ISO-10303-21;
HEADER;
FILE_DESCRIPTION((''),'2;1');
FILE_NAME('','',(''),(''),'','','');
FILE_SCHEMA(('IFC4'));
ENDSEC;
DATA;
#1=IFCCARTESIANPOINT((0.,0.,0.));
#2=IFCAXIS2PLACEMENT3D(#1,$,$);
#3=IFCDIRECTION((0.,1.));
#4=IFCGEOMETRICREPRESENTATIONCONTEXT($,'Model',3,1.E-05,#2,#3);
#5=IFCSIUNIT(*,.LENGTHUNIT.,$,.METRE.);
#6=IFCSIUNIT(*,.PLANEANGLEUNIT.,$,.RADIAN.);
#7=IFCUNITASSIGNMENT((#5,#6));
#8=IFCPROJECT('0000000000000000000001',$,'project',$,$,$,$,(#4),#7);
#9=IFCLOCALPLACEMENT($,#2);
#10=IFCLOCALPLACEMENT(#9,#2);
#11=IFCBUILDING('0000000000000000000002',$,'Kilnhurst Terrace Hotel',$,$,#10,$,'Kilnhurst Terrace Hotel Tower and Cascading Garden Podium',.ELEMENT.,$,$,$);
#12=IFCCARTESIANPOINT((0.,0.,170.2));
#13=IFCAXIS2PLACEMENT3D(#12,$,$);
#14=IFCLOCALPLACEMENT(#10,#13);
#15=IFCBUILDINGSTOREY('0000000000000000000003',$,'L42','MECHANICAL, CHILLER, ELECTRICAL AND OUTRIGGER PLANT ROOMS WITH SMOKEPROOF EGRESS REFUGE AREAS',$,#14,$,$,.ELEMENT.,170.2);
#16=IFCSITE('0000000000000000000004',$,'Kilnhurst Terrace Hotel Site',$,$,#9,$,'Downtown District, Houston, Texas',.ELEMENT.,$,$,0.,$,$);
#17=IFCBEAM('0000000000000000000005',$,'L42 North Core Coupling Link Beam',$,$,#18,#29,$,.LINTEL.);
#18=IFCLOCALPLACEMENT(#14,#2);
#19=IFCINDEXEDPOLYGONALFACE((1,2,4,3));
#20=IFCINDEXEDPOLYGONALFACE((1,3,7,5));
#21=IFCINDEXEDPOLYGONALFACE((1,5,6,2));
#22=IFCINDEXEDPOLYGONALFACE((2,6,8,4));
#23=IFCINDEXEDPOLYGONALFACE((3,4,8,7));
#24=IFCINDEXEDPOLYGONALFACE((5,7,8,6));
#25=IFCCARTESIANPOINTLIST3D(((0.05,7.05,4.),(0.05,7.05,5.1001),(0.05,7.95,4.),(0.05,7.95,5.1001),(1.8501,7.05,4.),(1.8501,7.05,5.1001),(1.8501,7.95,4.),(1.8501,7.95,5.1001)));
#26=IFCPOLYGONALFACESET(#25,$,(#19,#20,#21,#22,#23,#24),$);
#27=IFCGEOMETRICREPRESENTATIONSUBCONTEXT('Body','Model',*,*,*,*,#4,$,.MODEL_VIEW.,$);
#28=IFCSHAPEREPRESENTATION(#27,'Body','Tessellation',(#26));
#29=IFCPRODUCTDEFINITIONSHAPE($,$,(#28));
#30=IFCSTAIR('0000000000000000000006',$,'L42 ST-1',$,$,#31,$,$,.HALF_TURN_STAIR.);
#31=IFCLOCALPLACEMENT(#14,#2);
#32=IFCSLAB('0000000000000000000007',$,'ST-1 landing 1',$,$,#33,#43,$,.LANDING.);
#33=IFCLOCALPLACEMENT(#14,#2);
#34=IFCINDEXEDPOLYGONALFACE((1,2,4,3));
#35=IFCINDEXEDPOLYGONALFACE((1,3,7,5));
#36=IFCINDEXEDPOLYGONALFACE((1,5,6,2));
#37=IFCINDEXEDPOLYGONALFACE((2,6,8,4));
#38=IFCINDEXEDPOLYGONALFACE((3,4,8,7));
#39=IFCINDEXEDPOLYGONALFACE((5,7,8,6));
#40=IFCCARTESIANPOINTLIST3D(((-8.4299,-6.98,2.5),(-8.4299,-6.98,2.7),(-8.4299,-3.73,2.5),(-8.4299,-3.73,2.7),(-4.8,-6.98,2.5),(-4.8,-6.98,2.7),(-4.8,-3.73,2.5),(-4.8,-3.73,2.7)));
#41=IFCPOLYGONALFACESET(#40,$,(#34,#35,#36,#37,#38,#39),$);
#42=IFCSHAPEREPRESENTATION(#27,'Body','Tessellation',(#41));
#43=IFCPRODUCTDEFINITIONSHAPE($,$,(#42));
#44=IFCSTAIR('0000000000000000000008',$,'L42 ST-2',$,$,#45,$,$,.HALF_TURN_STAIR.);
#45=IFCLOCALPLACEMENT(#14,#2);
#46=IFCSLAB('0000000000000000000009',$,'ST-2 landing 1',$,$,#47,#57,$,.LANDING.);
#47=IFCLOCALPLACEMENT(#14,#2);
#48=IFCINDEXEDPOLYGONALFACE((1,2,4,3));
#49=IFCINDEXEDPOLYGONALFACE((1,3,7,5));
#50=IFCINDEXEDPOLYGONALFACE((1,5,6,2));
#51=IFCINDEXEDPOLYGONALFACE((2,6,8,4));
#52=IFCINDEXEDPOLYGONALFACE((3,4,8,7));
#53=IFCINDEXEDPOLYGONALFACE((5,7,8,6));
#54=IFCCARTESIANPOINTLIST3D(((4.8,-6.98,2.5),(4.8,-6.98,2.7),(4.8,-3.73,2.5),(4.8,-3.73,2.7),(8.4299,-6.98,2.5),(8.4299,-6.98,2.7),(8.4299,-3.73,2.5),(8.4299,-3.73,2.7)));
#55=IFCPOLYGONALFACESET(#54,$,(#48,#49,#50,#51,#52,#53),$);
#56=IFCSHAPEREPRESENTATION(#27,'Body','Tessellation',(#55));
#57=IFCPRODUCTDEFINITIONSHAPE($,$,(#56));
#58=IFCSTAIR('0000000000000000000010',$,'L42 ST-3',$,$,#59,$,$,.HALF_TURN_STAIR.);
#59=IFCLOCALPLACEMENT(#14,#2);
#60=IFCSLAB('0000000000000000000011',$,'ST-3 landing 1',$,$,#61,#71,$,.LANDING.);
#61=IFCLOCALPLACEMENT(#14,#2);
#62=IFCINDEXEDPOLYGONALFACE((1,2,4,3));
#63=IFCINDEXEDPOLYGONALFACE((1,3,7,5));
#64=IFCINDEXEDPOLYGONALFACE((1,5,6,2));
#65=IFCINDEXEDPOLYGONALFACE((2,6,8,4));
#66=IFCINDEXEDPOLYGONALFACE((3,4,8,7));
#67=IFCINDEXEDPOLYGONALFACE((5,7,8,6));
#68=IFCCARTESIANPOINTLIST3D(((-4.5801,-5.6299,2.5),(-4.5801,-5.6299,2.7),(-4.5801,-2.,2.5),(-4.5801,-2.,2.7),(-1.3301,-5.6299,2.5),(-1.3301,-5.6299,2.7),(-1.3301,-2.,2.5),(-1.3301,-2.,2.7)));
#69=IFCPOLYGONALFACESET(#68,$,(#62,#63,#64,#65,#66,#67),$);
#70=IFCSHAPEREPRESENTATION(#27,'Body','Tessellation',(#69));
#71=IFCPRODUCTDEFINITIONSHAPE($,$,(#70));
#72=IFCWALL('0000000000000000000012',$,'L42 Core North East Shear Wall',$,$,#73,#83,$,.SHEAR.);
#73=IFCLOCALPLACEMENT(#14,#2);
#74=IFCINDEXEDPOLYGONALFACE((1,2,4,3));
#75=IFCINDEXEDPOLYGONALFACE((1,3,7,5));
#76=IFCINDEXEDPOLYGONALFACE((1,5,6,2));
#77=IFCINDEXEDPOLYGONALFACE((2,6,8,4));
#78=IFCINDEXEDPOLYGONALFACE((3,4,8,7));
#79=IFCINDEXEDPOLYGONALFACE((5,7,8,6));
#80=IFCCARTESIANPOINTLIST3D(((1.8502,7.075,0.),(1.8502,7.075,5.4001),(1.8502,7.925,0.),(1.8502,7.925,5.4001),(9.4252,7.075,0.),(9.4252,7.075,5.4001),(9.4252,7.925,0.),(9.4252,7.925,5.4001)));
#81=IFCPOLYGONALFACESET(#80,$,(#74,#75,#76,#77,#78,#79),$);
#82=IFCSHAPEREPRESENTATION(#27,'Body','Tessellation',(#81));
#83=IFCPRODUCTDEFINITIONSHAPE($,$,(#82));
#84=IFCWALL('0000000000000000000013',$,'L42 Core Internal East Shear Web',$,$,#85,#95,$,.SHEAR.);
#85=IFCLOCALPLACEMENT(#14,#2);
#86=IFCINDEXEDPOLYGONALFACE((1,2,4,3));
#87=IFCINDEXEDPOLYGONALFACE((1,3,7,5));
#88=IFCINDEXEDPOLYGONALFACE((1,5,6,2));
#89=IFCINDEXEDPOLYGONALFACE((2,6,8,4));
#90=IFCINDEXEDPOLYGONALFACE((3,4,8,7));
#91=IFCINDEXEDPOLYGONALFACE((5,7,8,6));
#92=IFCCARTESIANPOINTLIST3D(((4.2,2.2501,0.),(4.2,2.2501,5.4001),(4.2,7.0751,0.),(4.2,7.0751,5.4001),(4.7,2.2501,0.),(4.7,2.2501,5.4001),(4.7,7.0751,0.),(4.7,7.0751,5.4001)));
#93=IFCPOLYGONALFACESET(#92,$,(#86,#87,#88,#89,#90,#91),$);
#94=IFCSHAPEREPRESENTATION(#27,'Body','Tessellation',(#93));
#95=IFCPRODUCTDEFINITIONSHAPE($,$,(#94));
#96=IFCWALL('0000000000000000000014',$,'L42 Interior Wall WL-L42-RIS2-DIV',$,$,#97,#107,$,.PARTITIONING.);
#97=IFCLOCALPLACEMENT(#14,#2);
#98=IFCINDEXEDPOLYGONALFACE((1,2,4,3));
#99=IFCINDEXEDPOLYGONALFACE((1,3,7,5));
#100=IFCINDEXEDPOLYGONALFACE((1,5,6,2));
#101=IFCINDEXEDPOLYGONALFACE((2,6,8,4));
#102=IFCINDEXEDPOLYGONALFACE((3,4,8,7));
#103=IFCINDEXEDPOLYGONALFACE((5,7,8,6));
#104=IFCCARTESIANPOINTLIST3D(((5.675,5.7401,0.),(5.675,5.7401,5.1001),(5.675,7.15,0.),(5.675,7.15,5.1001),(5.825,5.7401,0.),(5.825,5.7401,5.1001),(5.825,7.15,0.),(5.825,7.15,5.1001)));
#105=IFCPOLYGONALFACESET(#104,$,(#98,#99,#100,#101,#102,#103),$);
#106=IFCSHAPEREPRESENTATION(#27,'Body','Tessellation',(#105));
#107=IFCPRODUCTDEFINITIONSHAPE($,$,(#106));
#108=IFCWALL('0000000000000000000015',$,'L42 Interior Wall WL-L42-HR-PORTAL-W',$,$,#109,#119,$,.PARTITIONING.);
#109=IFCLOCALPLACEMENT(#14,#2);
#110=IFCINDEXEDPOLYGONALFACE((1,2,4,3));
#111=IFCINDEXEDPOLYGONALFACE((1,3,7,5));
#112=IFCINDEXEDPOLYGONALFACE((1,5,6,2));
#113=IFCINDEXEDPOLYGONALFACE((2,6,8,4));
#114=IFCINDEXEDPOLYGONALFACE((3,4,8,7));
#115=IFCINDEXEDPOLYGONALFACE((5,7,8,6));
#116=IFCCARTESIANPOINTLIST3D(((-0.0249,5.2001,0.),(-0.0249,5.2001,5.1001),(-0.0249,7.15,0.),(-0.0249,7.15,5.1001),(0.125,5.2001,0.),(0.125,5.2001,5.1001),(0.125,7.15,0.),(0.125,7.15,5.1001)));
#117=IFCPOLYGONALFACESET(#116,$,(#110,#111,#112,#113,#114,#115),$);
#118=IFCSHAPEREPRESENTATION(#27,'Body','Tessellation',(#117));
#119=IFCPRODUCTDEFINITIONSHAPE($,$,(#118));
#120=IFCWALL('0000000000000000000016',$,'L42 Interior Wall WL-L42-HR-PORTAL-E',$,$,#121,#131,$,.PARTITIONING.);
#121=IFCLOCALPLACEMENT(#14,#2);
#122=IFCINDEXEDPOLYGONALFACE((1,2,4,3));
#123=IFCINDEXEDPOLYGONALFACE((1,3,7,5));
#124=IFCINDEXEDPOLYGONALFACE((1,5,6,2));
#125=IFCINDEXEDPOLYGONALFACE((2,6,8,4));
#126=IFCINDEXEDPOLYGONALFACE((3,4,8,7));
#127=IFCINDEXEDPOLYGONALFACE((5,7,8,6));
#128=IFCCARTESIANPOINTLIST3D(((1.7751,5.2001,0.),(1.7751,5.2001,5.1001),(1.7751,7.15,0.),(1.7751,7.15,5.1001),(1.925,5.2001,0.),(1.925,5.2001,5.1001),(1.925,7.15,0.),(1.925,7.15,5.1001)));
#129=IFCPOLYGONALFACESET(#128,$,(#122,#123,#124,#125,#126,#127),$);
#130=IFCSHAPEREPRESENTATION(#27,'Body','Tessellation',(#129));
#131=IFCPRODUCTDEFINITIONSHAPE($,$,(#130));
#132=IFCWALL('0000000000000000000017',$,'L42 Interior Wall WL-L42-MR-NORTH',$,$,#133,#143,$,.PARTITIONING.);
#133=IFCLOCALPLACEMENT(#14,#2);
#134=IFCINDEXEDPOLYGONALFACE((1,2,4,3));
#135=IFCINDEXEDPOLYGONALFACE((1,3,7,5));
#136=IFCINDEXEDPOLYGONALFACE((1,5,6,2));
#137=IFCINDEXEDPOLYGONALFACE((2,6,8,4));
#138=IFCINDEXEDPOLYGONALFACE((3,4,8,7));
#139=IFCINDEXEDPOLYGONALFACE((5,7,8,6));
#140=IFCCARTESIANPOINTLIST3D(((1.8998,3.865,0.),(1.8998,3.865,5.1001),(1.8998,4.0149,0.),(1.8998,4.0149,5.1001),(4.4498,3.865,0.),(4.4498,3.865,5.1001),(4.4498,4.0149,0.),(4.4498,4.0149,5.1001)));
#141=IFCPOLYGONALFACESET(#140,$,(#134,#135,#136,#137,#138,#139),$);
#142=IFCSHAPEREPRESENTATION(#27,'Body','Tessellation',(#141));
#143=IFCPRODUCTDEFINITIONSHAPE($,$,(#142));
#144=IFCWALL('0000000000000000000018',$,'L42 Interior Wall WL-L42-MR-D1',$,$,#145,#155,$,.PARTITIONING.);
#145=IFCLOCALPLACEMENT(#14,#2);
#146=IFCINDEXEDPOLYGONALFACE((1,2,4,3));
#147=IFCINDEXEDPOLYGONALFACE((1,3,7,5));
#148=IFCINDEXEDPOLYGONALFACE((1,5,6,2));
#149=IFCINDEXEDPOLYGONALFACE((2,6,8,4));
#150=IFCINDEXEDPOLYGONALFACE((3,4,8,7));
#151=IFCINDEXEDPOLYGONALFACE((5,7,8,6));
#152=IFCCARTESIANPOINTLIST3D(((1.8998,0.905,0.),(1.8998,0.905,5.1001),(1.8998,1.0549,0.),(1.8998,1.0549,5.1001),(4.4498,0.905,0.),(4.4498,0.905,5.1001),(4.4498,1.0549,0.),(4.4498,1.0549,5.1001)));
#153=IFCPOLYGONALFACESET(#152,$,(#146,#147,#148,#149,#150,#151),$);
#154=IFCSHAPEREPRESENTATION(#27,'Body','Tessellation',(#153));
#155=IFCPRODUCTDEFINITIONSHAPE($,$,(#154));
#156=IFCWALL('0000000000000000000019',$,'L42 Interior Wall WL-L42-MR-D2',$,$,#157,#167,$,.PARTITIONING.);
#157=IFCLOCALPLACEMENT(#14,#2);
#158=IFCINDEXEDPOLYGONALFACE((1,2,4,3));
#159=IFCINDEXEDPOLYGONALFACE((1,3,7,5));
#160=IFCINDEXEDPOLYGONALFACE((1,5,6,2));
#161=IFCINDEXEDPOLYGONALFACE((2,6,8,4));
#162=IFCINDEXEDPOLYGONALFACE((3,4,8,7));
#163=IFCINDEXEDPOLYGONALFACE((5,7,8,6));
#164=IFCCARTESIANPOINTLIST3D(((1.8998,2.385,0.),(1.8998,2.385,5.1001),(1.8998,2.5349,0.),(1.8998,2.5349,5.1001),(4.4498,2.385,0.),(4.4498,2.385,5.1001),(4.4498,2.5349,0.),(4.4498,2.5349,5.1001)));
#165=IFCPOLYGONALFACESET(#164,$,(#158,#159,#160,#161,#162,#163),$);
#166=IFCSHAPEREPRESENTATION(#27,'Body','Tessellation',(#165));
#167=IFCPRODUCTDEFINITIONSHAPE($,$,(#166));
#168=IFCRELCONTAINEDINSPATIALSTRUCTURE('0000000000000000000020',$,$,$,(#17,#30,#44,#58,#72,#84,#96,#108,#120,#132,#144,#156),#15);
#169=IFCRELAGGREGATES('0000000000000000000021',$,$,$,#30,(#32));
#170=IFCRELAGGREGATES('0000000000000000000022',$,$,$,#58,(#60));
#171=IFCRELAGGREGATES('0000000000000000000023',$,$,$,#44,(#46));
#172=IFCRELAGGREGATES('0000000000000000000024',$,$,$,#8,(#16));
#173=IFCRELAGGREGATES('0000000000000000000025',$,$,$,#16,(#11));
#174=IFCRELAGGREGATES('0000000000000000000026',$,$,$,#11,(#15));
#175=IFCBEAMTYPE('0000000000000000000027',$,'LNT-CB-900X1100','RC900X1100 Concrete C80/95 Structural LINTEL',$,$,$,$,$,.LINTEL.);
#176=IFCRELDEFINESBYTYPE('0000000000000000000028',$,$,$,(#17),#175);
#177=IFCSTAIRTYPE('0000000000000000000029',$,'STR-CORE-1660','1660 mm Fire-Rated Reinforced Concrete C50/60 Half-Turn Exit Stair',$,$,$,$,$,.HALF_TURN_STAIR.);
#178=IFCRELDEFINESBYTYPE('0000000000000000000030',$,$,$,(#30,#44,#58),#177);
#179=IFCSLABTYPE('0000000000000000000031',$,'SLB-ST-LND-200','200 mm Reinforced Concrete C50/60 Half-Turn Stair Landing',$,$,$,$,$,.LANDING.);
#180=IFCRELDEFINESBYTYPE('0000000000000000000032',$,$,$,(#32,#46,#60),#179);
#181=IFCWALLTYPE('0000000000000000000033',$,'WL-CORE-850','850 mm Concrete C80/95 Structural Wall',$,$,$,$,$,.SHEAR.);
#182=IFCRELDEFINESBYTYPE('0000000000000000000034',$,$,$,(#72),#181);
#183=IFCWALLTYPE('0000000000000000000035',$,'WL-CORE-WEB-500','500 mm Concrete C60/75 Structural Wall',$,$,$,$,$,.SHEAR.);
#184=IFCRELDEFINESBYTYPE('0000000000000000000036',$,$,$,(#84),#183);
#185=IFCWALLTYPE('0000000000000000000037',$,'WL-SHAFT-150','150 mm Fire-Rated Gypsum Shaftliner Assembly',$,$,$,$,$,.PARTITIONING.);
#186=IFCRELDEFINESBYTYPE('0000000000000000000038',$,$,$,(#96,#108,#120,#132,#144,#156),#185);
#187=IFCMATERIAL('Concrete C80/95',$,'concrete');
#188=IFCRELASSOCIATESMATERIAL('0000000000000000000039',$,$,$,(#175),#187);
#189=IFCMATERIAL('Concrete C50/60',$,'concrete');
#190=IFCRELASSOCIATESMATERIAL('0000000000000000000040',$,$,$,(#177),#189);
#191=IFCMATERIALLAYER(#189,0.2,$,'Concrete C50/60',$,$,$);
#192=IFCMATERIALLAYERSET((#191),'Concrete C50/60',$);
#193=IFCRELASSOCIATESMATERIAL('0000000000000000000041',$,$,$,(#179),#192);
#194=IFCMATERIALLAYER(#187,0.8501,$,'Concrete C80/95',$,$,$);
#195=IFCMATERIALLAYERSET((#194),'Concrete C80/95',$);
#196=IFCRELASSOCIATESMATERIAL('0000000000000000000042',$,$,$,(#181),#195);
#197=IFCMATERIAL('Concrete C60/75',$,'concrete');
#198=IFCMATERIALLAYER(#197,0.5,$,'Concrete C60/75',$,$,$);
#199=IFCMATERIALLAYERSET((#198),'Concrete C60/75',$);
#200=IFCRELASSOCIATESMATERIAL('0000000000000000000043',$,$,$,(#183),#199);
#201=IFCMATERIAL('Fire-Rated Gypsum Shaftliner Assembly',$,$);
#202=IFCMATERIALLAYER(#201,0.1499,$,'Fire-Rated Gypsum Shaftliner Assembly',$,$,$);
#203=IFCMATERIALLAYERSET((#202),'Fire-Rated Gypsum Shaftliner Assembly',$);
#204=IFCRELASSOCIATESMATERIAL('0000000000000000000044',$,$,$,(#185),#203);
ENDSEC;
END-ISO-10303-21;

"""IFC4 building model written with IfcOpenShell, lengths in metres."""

from ifc_helpers import new_model, si_unit, direction, frame, frame_2d, origin, origin_2d, place, context, subcontext, project, spatial, polyline, rectangle, outline, extrude, material, layer, layer_set, material_profile, profile_set, type_object, element, aggregate, save


model = new_model("IFC4")

# Units and contexts
model_context = context("Model", 3, precision=1e-05, world=origin(), true_north=direction((0.0, 1.0)))
body_context = subcontext(model_context, "Body", "Model", "MODEL_VIEW")
ifc_project = project(units=[si_unit("LENGTHUNIT", "METRE"), si_unit("PLANEANGLEUNIT", "RADIAN")], contexts=[model_context])

# Site, building, storey
site_placement = place(None, origin())
site = spatial("IfcSite", under=ifc_project, at=site_placement, Name="Kilnhurst Terrace Hotel Site", LongName="Downtown District, Houston, Texas", CompositionType="ELEMENT", RefElevation=0.0)
building_placement = place(site_placement, origin())
building = spatial("IfcBuilding", under=site, at=building_placement, Name="Kilnhurst Terrace Hotel", LongName="Kilnhurst Terrace Hotel Tower and Cascading Garden Podium", CompositionType="ELEMENT")
storey_placement = place(building_placement, frame((0.0, 0.0, 170.2)))
storey = spatial("IfcBuildingStorey", under=building, at=storey_placement, Name="L42", Description="MECHANICAL, CHILLER, ELECTRICAL AND OUTRIGGER PLANT ROOMS WITH SMOKEPROOF EGRESS REFUGE AREAS", CompositionType="ELEMENT", Elevation=170.2)

# Beam
ifc_material_1 = material(Name="Concrete C80/95", Category="concrete")
ifc_material_profile = material_profile(ifc_material_1, rectangle(XDim=0.8999, YDim=1.1001, at=origin_2d()), Name="RC900X1100")
ifc_profile_set = profile_set([ifc_material_profile], Name="Concrete C80/95")
beam_type = type_object("IfcBeamType", Name="LNT-CB-900X1100", Description="RC900X1100 Concrete C80/95 Structural LINTEL", PredefinedType="LINTEL", material=ifc_profile_set)
beam_placement = place(storey_placement, frame((0.05, 7.5, 4.55), z_axis=(1.0, 0.0, 0.0), x_axis=(0.0, 1.0, 0.0)))
element("IfcBeam", 1, at=beam_placement, inside=storey, type_object=beam_type, Name="L42 North Core Coupling Link Beam", PredefinedType="LINTEL", context=body_context, shape_type="SweptSolid", body=[
    extrude(rectangle(XDim=0.8999, YDim=1.1001, at=origin_2d()), origin(), (0.0, 0.0, 1.0), 1.8),
])

# Stairs, slabs
ifc_material_2 = material(Name="Concrete C50/60", Category="concrete")
stair_type = type_object("IfcStairType", Name="STR-CORE-1660", Description="1660 mm Fire-Rated Reinforced Concrete C50/60 Half-Turn Exit Stair", PredefinedType="HALF_TURN_STAIR", material=ifc_material_2)
stair_1_placement = place(storey_placement, origin())
stair_1 = element("IfcStair", 2, at=stair_1_placement, inside=storey, type_object=stair_type, Name="L42 ST-1", PredefinedType="HALF_TURN_STAIR")
ifc_layer_1 = layer(ifc_material_2, 0.2, Name="Concrete C50/60")
ifc_layer_set_1 = layer_set([ifc_layer_1], Name="Concrete C50/60")
slab_type = type_object("IfcSlabType", Name="SLB-ST-LND-200", Description="200 mm Reinforced Concrete C50/60 Half-Turn Stair Landing", PredefinedType="LANDING", material=ifc_layer_set_1)
slab_1_placement = place(storey_placement, frame((0.0, 0.0, 2.5)))
slab_1 = element("IfcSlab", 3, at=slab_1_placement, type_object=slab_type, Name="ST-1 landing 1", PredefinedType="LANDING", context=body_context, shape_type="SweptSolid", body=[
    extrude(outline(polyline([(-8.4299, -3.73), (-4.8, -3.73), (-4.8, -6.98), (-8.4299, -6.98), (-8.4299, -3.73)])), origin(), (0.0, 0.0, 1.0), 0.2),
])
aggregate(stair_1, [slab_1])
stair_2_placement = place(storey_placement, origin())
stair_2 = element("IfcStair", 4, at=stair_2_placement, inside=storey, type_object=stair_type, Name="L42 ST-2", PredefinedType="HALF_TURN_STAIR")
slab_2_placement = place(storey_placement, frame((0.0, 0.0, 2.5)))
slab_2 = element("IfcSlab", 5, at=slab_2_placement, type_object=slab_type, Name="ST-2 landing 1", PredefinedType="LANDING", context=body_context, shape_type="SweptSolid", body=[
    extrude(outline(polyline([(4.8, -3.73), (8.4299, -3.73), (8.4299, -6.98), (4.8, -6.98), (4.8, -3.73)])), origin(), (0.0, 0.0, 1.0), 0.2),
])
stair_3_placement = place(storey_placement, origin())
stair_3 = element("IfcStair", 6, at=stair_3_placement, inside=storey, type_object=stair_type, Name="L42 ST-3", PredefinedType="HALF_TURN_STAIR")
slab_3_placement = place(storey_placement, frame((0.0, 0.0, 2.5)))
slab_3 = element("IfcSlab", 7, at=slab_3_placement, type_object=slab_type, Name="ST-3 landing 1", PredefinedType="LANDING", context=body_context, shape_type="SweptSolid", body=[
    extrude(outline(polyline([(-1.3301, -2.0), (-1.3301, -5.6299), (-4.5801, -5.6299), (-4.5801, -2.0), (-1.3301, -2.0)])), origin(), (0.0, 0.0, 1.0), 0.2),
])
aggregate(stair_3, [slab_3])

# Walls
ifc_layer_2 = layer(ifc_material_1, 0.8501, Name="Concrete C80/95")
ifc_layer_set_2 = layer_set([ifc_layer_2], Name="Concrete C80/95")
wall_type_1 = type_object("IfcWallType", Name="WL-CORE-850", Description="850 mm Concrete C80/95 Structural Wall", PredefinedType="SHEAR", material=ifc_layer_set_2)
wall_1_placement = place(storey_placement, frame((1.8501, 7.5, 0.0), z_axis=(0.0, 0.0, 1.0), x_axis=(1.0, 0.0, 0.0)))
element("IfcWall", 8, at=wall_1_placement, inside=storey, type_object=wall_type_1, Name="L42 Core North East Shear Wall", PredefinedType="SHEAR", context=body_context, shape_type="SweptSolid", body=[
    extrude(rectangle(XDim=7.575, YDim=0.8501, at=frame_2d((3.7876, 0.0))), origin(), (0.0, 0.0, 1.0), 5.4001),
])
ifc_material_3 = material(Name="Concrete C60/75", Category="concrete")
ifc_layer_3 = layer(ifc_material_3, 0.5, Name="Concrete C60/75")
ifc_layer_set_3 = layer_set([ifc_layer_3], Name="Concrete C60/75")
wall_type_2 = type_object("IfcWallType", Name="WL-CORE-WEB-500", Description="500 mm Concrete C60/75 Structural Wall", PredefinedType="SHEAR", material=ifc_layer_set_3)
wall_2_placement = place(storey_placement, frame((4.45, 2.25, 0.0), z_axis=(0.0, 0.0, 1.0), x_axis=(0.0, 1.0, 0.0)))
element("IfcWall", 9, at=wall_2_placement, inside=storey, type_object=wall_type_2, Name="L42 Core Internal East Shear Web", PredefinedType="SHEAR", context=body_context, shape_type="SweptSolid", body=[
    extrude(rectangle(XDim=4.825, YDim=0.5, at=frame_2d((2.4126, 0.0))), origin(), (0.0, 0.0, 1.0), 5.4001),
])
ifc_material_4 = material(Name="Fire-Rated Gypsum Shaftliner Assembly")
ifc_layer_4 = layer(ifc_material_4, 0.1499, Name="Fire-Rated Gypsum Shaftliner Assembly")
ifc_layer_set_4 = layer_set([ifc_layer_4], Name="Fire-Rated Gypsum Shaftliner Assembly")
wall_type_3 = type_object("IfcWallType", Name="WL-SHAFT-150", Description="150 mm Fire-Rated Gypsum Shaftliner Assembly", PredefinedType="PARTITIONING", material=ifc_layer_set_4)
wall_3_placement = place(storey_placement, frame((5.75, 5.74, 0.0), z_axis=(0.0, 0.0, 1.0), x_axis=(0.0, 1.0, 0.0)))
element("IfcWall", 10, at=wall_3_placement, inside=storey, type_object=wall_type_3, Name="L42 Interior Wall WL-L42-RIS2-DIV", PredefinedType="PARTITIONING", context=body_context, shape_type="SweptSolid", body=[
    extrude(rectangle(XDim=1.4099, YDim=0.1499, at=frame_2d((0.7051, 0.0))), origin(), (0.0, 0.0, 1.0), 5.1001),
])
for number, where, z_axis, x_axis, name in (
    (11, (0.05, 5.2, 0.0), (0.0, 0.0, 1.0), (0.0, 1.0, 0.0), "L42 Interior Wall WL-L42-HR-PORTAL-W"),
    (12, (1.8501, 5.2, 0.0), (0.0, 0.0, 1.0), (0.0, 1.0, 0.0), "L42 Interior Wall WL-L42-HR-PORTAL-E"),
):
    element("IfcWall", number, at=place(storey_placement, frame(where, z_axis=z_axis, x_axis=x_axis)), inside=storey, type_object=wall_type_3, Name=name, PredefinedType="PARTITIONING", context=body_context, shape_type="SweptSolid", body=[
        extrude(rectangle(XDim=1.95, YDim=0.1499, at=frame_2d((0.9751, 0.0))), origin(), (0.0, 0.0, 1.0), 5.1001),
    ])
for number, where, z_axis, x_axis, name in (
    (13, (1.8999, 3.9399, 0.0), (0.0, 0.0, 1.0), (1.0, 0.0, 0.0), "L42 Interior Wall WL-L42-MR-NORTH"),
    (14, (1.8999, 0.98, 0.0), (0.0, 0.0, 1.0), (1.0, 0.0, 0.0), "L42 Interior Wall WL-L42-MR-D1"),
    (15, (1.8999, 2.46, 0.0), (0.0, 0.0, 1.0), (1.0, 0.0, 0.0), "L42 Interior Wall WL-L42-MR-D2"),
):
    element("IfcWall", number, at=place(storey_placement, frame(where, z_axis=z_axis, x_axis=x_axis)), inside=storey, type_object=wall_type_3, Name=name, PredefinedType="PARTITIONING", context=body_context, shape_type="SweptSolid", body=[
        extrude(rectangle(XDim=2.55, YDim=0.1499, at=frame_2d((1.2749, 0.0))), origin(), (0.0, 0.0, 1.0), 5.1001),
    ])

aggregate(stair_2, [slab_2])

save(model, "model.ifc")
